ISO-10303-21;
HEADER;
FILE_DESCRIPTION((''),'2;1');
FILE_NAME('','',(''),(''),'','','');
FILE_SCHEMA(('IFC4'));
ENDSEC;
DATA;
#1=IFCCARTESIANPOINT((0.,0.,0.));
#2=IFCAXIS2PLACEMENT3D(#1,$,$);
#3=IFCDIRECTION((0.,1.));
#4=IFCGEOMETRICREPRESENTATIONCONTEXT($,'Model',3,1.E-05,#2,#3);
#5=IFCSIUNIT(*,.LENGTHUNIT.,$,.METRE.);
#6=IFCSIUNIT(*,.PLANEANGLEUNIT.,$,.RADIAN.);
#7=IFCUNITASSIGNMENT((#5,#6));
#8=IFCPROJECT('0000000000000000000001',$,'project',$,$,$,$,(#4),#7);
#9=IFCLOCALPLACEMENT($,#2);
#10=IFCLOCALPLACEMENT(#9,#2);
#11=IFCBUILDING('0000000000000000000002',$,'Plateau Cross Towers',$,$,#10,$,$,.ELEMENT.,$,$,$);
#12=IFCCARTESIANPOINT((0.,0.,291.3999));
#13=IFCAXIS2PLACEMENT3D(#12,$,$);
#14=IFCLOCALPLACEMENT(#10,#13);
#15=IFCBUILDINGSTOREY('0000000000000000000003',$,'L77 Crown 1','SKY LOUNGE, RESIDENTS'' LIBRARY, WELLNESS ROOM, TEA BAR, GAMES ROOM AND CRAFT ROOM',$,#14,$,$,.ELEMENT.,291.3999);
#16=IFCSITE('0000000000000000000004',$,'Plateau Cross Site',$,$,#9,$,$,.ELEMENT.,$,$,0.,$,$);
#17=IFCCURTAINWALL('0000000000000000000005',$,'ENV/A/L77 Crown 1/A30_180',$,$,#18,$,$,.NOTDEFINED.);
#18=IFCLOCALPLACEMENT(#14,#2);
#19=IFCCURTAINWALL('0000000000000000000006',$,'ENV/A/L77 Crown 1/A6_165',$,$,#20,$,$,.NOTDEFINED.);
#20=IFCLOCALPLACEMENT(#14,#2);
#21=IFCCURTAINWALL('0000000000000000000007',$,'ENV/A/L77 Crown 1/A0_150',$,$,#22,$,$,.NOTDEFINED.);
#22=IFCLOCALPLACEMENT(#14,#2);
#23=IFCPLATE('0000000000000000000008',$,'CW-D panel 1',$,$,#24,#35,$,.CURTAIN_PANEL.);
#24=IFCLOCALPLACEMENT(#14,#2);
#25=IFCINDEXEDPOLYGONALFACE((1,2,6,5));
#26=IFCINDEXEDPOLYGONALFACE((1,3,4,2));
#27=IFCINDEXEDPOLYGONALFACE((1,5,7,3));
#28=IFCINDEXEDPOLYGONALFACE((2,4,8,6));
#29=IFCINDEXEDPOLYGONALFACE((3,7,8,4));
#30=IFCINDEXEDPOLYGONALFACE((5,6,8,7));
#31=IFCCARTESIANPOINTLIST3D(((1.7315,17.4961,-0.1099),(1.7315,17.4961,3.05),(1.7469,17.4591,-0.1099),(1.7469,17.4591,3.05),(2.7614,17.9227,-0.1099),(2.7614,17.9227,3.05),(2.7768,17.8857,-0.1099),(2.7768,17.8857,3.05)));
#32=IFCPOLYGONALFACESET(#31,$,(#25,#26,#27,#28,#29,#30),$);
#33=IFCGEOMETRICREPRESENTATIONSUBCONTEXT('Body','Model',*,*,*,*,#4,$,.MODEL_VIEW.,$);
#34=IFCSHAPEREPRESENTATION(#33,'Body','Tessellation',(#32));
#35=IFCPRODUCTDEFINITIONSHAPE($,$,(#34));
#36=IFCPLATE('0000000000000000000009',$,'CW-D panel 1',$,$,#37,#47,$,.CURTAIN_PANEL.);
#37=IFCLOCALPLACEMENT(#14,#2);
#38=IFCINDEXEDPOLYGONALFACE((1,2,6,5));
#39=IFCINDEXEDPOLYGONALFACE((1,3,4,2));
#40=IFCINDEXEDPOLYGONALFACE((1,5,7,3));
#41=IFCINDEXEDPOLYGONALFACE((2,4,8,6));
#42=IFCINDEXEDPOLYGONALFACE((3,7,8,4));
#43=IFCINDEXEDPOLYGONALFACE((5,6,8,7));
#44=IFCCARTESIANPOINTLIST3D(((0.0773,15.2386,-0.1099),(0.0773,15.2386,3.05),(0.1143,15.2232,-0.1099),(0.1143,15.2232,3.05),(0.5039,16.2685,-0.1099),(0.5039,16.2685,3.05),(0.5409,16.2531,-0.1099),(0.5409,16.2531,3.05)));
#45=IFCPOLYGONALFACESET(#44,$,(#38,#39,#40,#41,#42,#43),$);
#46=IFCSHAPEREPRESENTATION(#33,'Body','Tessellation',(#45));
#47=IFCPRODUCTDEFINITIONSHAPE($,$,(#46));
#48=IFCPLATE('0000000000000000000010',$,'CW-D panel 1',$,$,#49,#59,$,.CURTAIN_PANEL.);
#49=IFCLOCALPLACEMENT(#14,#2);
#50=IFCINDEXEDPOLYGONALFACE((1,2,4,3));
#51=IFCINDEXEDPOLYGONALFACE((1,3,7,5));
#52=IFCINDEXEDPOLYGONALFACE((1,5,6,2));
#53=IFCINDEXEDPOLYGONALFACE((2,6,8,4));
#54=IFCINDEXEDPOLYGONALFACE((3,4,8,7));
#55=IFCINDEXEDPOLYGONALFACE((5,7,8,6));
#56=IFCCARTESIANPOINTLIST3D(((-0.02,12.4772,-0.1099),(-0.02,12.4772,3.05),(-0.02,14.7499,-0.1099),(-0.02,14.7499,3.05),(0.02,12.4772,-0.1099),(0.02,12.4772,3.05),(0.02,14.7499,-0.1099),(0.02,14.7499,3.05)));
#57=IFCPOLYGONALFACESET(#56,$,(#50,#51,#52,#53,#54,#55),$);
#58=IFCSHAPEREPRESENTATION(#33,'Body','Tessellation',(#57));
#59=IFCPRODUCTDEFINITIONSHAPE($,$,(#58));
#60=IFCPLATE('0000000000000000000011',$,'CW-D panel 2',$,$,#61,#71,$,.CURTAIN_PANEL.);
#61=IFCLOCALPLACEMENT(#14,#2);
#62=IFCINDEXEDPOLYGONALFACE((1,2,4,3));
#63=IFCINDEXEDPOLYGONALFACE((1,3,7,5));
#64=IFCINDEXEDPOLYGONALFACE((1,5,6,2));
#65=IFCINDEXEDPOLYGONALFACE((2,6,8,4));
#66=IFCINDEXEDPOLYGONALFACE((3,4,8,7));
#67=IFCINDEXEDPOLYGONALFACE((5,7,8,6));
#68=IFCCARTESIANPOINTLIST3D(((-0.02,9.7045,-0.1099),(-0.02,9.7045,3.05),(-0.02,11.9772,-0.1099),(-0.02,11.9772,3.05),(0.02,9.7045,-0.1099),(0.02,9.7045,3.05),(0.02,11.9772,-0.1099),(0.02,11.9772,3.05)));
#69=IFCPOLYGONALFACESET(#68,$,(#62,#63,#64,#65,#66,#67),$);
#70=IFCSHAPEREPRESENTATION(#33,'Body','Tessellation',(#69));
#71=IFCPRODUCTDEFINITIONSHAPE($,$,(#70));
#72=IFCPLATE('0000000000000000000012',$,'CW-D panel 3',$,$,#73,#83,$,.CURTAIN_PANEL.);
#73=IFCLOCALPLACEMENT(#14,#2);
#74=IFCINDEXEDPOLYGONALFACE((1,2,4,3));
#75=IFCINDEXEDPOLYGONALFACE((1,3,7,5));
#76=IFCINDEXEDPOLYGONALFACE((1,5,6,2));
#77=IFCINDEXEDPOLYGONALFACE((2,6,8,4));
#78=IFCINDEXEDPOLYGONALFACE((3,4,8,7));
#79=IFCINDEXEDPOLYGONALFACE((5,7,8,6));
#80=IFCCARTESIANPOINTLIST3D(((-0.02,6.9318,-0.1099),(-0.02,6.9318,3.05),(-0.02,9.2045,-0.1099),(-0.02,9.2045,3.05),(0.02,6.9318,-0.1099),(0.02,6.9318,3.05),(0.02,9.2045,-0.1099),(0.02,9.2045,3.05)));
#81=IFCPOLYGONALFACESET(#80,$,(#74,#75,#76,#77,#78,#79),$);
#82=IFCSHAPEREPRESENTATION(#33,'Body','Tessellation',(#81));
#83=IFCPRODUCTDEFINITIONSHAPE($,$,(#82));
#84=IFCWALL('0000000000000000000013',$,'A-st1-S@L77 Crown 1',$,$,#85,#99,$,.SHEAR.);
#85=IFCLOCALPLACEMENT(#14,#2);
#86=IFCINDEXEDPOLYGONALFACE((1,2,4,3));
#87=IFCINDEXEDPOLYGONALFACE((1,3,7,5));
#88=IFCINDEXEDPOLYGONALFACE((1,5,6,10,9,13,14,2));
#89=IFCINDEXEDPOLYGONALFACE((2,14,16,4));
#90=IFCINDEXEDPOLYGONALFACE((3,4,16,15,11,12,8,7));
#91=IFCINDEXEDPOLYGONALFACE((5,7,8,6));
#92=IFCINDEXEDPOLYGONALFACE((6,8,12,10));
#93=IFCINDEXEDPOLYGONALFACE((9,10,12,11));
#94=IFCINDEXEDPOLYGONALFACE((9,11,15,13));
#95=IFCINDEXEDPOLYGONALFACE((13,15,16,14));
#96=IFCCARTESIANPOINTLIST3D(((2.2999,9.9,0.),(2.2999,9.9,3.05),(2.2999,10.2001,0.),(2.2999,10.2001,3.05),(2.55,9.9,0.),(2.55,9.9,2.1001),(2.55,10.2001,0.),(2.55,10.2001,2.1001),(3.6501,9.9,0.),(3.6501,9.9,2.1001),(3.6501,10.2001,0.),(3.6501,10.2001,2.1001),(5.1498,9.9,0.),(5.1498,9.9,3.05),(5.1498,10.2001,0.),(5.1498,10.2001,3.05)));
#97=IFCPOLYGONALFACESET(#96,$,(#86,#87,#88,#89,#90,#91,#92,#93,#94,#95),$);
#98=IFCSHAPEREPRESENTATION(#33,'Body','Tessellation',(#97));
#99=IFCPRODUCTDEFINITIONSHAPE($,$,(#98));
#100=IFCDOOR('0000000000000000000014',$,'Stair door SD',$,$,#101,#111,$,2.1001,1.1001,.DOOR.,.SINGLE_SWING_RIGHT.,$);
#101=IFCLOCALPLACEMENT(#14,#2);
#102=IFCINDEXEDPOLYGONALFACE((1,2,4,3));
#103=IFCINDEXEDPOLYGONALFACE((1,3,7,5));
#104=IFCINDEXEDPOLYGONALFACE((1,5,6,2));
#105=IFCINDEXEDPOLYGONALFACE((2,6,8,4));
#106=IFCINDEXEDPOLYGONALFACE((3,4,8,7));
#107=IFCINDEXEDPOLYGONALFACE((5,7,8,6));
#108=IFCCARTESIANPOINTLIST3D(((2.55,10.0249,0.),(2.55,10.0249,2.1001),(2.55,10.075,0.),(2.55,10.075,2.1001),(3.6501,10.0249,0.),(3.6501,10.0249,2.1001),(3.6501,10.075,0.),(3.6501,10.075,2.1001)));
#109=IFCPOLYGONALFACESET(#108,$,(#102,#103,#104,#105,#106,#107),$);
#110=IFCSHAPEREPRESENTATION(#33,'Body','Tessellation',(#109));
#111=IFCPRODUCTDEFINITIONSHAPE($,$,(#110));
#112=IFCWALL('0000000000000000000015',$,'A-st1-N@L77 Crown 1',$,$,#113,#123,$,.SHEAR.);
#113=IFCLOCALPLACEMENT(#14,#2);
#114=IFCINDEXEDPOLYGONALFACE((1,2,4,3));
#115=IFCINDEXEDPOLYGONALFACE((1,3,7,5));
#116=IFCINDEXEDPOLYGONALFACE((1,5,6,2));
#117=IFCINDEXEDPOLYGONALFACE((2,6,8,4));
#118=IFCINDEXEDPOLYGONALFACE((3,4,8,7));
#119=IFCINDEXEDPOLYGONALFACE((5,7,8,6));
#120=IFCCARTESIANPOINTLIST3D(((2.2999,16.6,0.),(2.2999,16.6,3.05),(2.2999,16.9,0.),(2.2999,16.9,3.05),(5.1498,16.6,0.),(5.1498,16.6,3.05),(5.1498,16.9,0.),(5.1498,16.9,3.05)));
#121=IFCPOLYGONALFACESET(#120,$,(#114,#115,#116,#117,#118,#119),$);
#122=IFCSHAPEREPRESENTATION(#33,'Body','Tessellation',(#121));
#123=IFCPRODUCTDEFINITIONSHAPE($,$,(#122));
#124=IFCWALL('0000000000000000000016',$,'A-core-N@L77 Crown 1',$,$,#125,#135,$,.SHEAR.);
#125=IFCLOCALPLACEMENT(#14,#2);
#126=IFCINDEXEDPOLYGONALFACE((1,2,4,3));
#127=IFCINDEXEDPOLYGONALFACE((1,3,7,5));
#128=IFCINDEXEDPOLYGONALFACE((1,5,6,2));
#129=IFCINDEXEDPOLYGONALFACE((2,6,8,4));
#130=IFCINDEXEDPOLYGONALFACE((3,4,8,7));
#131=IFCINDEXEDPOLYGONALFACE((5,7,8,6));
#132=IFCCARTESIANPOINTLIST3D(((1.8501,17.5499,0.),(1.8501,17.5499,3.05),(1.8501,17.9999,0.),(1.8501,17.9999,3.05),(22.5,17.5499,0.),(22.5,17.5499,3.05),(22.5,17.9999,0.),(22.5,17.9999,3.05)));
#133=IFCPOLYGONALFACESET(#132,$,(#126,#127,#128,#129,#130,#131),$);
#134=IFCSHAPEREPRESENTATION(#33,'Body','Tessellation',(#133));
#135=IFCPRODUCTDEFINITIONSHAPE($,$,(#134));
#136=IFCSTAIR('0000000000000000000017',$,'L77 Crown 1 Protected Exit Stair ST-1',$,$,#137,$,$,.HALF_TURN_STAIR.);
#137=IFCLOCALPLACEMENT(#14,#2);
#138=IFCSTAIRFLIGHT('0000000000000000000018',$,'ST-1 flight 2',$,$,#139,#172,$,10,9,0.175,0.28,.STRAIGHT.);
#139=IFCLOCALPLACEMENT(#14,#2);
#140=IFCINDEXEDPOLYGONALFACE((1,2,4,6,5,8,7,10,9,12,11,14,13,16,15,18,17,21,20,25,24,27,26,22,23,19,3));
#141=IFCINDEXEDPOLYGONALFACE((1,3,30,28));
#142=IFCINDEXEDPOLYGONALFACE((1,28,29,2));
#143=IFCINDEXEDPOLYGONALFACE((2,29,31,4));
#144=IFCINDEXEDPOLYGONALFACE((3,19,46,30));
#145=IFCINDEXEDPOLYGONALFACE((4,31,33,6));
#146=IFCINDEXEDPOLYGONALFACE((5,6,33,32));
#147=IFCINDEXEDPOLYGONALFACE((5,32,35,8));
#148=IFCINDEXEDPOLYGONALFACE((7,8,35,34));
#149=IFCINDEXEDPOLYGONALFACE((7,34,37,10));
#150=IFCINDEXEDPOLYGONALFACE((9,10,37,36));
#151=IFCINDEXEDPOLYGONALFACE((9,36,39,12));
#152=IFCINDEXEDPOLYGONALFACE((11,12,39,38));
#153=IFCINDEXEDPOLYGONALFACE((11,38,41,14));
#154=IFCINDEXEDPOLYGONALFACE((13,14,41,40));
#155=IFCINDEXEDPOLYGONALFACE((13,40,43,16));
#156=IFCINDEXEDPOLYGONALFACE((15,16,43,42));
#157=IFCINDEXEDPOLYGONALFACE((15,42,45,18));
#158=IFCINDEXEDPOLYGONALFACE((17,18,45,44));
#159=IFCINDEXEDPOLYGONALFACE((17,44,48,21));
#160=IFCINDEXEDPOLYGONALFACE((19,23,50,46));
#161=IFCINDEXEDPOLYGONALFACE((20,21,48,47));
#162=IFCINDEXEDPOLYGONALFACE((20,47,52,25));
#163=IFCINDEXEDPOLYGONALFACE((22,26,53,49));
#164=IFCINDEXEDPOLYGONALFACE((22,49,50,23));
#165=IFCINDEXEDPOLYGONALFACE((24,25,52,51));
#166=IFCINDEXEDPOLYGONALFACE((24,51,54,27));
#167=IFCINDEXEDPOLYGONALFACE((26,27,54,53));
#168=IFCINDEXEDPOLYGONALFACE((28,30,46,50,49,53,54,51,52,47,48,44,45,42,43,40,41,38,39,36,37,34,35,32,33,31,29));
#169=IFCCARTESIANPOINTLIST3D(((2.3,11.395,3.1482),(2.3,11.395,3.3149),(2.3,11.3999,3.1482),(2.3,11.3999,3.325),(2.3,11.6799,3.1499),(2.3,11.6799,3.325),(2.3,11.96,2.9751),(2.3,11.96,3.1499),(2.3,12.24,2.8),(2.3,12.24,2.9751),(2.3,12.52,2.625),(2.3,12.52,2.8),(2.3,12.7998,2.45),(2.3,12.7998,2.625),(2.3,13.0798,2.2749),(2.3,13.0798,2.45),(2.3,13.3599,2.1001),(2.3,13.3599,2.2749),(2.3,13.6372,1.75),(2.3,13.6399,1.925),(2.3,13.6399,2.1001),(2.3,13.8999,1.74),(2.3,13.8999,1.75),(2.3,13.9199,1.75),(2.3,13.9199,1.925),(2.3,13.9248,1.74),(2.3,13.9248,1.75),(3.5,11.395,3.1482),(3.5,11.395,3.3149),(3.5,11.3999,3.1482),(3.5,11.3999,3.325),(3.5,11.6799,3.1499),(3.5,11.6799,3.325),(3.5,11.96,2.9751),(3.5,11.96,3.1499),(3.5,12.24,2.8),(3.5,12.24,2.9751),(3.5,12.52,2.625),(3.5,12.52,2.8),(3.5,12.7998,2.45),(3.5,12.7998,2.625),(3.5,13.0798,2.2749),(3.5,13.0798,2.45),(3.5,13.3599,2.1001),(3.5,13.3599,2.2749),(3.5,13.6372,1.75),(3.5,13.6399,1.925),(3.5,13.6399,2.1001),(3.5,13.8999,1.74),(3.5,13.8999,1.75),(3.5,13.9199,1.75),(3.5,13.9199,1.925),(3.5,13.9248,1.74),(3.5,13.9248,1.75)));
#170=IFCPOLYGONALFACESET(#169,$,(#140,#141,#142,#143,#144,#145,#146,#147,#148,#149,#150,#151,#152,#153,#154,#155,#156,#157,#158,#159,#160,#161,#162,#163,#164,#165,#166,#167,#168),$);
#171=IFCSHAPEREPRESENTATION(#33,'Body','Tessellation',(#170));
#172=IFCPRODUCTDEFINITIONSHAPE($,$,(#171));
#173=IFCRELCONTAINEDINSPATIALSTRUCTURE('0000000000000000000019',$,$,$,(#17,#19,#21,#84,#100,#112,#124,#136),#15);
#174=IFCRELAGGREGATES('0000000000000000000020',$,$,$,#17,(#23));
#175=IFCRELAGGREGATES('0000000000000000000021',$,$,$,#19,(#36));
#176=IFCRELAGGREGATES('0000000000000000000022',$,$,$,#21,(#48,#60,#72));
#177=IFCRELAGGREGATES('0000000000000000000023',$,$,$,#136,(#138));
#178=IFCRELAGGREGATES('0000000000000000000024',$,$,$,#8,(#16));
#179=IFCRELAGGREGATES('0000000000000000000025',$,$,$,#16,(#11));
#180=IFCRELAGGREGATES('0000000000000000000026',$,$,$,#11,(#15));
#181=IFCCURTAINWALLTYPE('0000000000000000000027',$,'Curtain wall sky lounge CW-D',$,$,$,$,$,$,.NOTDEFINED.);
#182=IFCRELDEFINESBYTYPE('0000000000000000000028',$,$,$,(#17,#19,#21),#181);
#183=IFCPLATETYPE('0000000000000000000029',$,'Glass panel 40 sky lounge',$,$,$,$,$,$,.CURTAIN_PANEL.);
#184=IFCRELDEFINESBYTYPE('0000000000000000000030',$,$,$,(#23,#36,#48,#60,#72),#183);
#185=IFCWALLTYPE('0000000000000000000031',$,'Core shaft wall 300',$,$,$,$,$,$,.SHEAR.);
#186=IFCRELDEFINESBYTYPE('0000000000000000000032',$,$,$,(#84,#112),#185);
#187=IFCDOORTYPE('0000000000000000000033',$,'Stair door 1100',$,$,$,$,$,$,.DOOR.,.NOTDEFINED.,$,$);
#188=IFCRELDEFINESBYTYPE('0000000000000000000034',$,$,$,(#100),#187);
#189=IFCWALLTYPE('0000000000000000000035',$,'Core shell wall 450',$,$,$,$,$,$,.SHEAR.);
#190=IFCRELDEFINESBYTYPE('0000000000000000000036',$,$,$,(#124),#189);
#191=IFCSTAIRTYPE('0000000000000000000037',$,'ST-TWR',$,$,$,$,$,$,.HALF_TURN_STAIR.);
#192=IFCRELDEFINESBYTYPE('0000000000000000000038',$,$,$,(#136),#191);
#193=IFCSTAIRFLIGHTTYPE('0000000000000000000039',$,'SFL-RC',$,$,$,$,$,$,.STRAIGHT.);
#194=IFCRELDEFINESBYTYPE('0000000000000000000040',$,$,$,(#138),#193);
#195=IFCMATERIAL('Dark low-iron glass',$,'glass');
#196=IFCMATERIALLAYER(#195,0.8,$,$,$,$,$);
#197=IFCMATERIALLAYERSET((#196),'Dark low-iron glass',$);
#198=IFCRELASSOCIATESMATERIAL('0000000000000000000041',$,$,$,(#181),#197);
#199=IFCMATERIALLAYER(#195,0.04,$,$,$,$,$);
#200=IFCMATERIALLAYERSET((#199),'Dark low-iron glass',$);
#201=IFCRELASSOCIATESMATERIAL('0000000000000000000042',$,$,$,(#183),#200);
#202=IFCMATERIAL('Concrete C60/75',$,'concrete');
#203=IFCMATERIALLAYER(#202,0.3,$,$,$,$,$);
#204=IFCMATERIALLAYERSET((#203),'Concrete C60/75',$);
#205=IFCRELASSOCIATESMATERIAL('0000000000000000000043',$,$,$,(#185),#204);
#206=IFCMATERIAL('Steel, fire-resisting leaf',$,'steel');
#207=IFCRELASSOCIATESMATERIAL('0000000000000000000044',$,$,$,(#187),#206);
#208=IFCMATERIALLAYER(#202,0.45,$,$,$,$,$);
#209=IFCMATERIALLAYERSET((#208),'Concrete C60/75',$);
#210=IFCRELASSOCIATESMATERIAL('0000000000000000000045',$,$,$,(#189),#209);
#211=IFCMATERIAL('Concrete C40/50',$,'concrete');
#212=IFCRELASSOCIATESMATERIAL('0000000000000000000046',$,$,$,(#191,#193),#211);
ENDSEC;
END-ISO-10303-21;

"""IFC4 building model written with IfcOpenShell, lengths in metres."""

from ifc_helpers import new_model, si_unit, direction, frame, frame_2d, origin, origin_2d, place, context, subcontext, project, spatial, polyline, rectangle, outline, extrude, material, layer, layer_set, type_object, element, fill, aggregate, save


model = new_model("IFC4")

# Units and contexts
model_context = context("Model", 3, precision=1e-05, world=origin(), true_north=direction((0.0, 1.0)))
body_context = subcontext(model_context, "Body", "Model", "MODEL_VIEW")
ifc_project = project(units=[si_unit("LENGTHUNIT", "METRE"), si_unit("PLANEANGLEUNIT", "RADIAN")], contexts=[model_context])

# Site, building, storey
site_placement = place(None, origin())
site = spatial("IfcSite", under=ifc_project, at=site_placement, Name="Plateau Cross Site", CompositionType="ELEMENT", RefElevation=0.0)
building_placement = place(site_placement, origin())
building = spatial("IfcBuilding", under=site, at=building_placement, Name="Plateau Cross Towers", CompositionType="ELEMENT")
storey_placement = place(building_placement, frame((0.0, 0.0, 291.3999)))
storey = spatial("IfcBuildingStorey", under=building, at=storey_placement, Name="L77 Crown 1", Description="SKY LOUNGE, RESIDENTS' LIBRARY, WELLNESS ROOM, TEA BAR, GAMES ROOM AND CRAFT ROOM", CompositionType="ELEMENT", Elevation=291.3999)

# Shared definitions
ifc_material_1 = material(Name="Concrete C60/75", Category="concrete")

# Curtain wall
ifc_material_2 = material(Name="Dark low-iron glass", Category="glass")
ifc_layer_1 = layer(ifc_material_2, 0.8)
ifc_layer_set_1 = layer_set([ifc_layer_1], Name="Dark low-iron glass")
curtain_wall_type = type_object("IfcCurtainWallType", Name="Curtain wall sky lounge CW-D", PredefinedType="NOTDEFINED", material=ifc_layer_set_1)
curtain_wall_1_placement = place(storey_placement, origin())
curtain_wall_1 = element("IfcCurtainWall", 1, at=curtain_wall_1_placement, inside=storey, type_object=curtain_wall_type, Name="ENV/A/L77 Crown 1/A30_180", PredefinedType="NOTDEFINED")

# Curtain wall
curtain_wall_2_placement = place(storey_placement, origin())
curtain_wall_2 = element("IfcCurtainWall", 2, at=curtain_wall_2_placement, inside=storey, type_object=curtain_wall_type, Name="ENV/A/L77 Crown 1/A6_165", PredefinedType="NOTDEFINED")

# Curtain wall
curtain_wall_3_placement = place(storey_placement, origin())
curtain_wall_3 = element("IfcCurtainWall", 3, at=curtain_wall_3_placement, inside=storey, type_object=curtain_wall_type, Name="ENV/A/L77 Crown 1/A0_150", PredefinedType="NOTDEFINED")

# Plates
ifc_layer_2 = layer(ifc_material_2, 0.04)
ifc_layer_set_2 = layer_set([ifc_layer_2], Name="Dark low-iron glass")
plate_type = type_object("IfcPlateType", Name="Glass panel 40 sky lounge", PredefinedType="CURTAIN_PANEL", material=ifc_layer_set_2)
plate_1_placement = place(storey_placement, frame((2.2542, 17.6909, -0.1099), z_axis=(0.0, 0.0, 1.0), x_axis=(-0.923879, -0.382684, 0.0)))
plate_1 = element("IfcPlate", 4, at=plate_1_placement, type_object=plate_type, Name="CW-D panel 1", PredefinedType="CURTAIN_PANEL", context=body_context, shape_type="SweptSolid", body=[
    extrude(rectangle(XDim=1.1147, YDim=0.04, at=origin_2d()), origin(), (0.0, 0.0, 1.0), 3.1599),
])
aggregate(curtain_wall_1, [plate_1])
plate_2_placement = place(storey_placement, frame((0.3091, 15.7458, -0.1099), z_axis=(0.0, 0.0, 1.0), x_axis=(-0.382684, -0.923879, 0.0)))
plate_2 = element("IfcPlate", 5, at=plate_2_placement, type_object=plate_type, Name="CW-D panel 1", PredefinedType="CURTAIN_PANEL", context=body_context, shape_type="SweptSolid", body=[
    extrude(rectangle(XDim=1.1147, YDim=0.04, at=origin_2d()), origin(), (0.0, 0.0, 1.0), 3.1599),
])
aggregate(curtain_wall_2, [plate_2])
plate_3_placement = place(storey_placement, frame((0.0, 13.6135, -0.1099), z_axis=(0.0, 0.0, 1.0), x_axis=(0.0, -1.0, 0.0)))
plate_3 = element("IfcPlate", 6, at=plate_3_placement, type_object=plate_type, Name="CW-D panel 1", PredefinedType="CURTAIN_PANEL", context=body_context, shape_type="SweptSolid", body=[
    extrude(rectangle(XDim=2.2727, YDim=0.04, at=origin_2d()), origin(), (0.0, 0.0, 1.0), 3.1599),
])
plate_4_placement = place(storey_placement, frame((0.0, 10.8408, -0.1099), z_axis=(0.0, 0.0, 1.0), x_axis=(0.0, -1.0, 0.0)))
plate_4 = element("IfcPlate", 7, at=plate_4_placement, type_object=plate_type, Name="CW-D panel 2", PredefinedType="CURTAIN_PANEL", context=body_context, shape_type="SweptSolid", body=[
    extrude(rectangle(XDim=2.2727, YDim=0.04, at=origin_2d()), origin(), (0.0, 0.0, 1.0), 3.1599),
])
plate_5_placement = place(storey_placement, frame((0.0, 8.0681, -0.1099), z_axis=(0.0, 0.0, 1.0), x_axis=(0.0, -1.0, 0.0)))
plate_5 = element("IfcPlate", 8, at=plate_5_placement, type_object=plate_type, Name="CW-D panel 3", PredefinedType="CURTAIN_PANEL", context=body_context, shape_type="SweptSolid", body=[
    extrude(rectangle(XDim=2.2727, YDim=0.04, at=origin_2d()), origin(), (0.0, 0.0, 1.0), 3.1599),
])
aggregate(curtain_wall_3, [plate_3, plate_4, plate_5])

# Wall, opening, door
ifc_layer_3 = layer(ifc_material_1, 0.3)
ifc_layer_set_3 = layer_set([ifc_layer_3], Name="Concrete C60/75")
wall_type_1 = type_object("IfcWallType", Name="Core shaft wall 300", PredefinedType="SHEAR", material=ifc_layer_set_3)
wall_1_placement = place(storey_placement, frame((2.3, 10.05, 0.0), z_axis=(0.0, 0.0, 1.0), x_axis=(1.0, 0.0, 0.0)))
wall_1 = element("IfcWall", 9, at=wall_1_placement, inside=storey, type_object=wall_type_1, Name="A-st1-S@L77 Crown 1", PredefinedType="SHEAR", context=body_context, shape_type="SweptSolid", body=[
    extrude(rectangle(XDim=2.8499, YDim=0.3, at=frame_2d((1.4248, 0.0))), origin(), (0.0, 0.0, 1.0), 3.05),
])
opening_placement = place(wall_1_placement, frame((0.25, 0.0, 0.0)))
opening = element("IfcOpeningElement", 10, at=opening_placement, cuts=wall_1, PredefinedType="OPENING", context=body_context, shape_type="SweptSolid", body=[
    extrude(rectangle(XDim=1.1001, YDim=2.1001, at=frame_2d((0.55, 1.05))), frame((0.0, 0.1599, 0.0), z_axis=(0.0, -1.0, 0.0), x_axis=(1.0, 0.0, 0.0)), (0.0, 0.0, 1.0), 0.3201),
])
ifc_material_3 = material(Name="Steel, fire-resisting leaf", Category="steel")
door_type = type_object("IfcDoorType", Name="Stair door 1100", OperationType="NOTDEFINED", PredefinedType="DOOR", material=ifc_material_3)
door_placement = place(opening_placement, origin())
door = element("IfcDoor", 11, at=door_placement, inside=storey, type_object=door_type, Name="Stair door SD", OperationType="SINGLE_SWING_RIGHT", OverallHeight=2.1001, OverallWidth=1.1001, PredefinedType="DOOR", context=body_context, shape_type="SweptSolid", body=[
    extrude(rectangle(XDim=1.1001, YDim=2.1001, at=frame_2d((0.55, 1.05))), frame((0.0, 0.0249, 0.0), z_axis=(0.0, -1.0, 0.0), x_axis=(1.0, 0.0, 0.0)), (0.0, 0.0, 1.0), 0.05),
])
fill(opening, door)

# Walls
wall_2_placement = place(storey_placement, frame((2.3, 16.75, 0.0), z_axis=(0.0, 0.0, 1.0), x_axis=(1.0, 0.0, 0.0)))
element("IfcWall", 12, at=wall_2_placement, inside=storey, type_object=wall_type_1, Name="A-st1-N@L77 Crown 1", PredefinedType="SHEAR", context=body_context, shape_type="SweptSolid", body=[
    extrude(rectangle(XDim=2.8499, YDim=0.3, at=frame_2d((1.4248, 0.0))), origin(), (0.0, 0.0, 1.0), 3.05),
])
ifc_layer_4 = layer(ifc_material_1, 0.45)
ifc_layer_set_4 = layer_set([ifc_layer_4], Name="Concrete C60/75")
wall_type_2 = type_object("IfcWallType", Name="Core shell wall 450", PredefinedType="SHEAR", material=ifc_layer_set_4)
wall_3_placement = place(storey_placement, frame((1.8501, 17.7749, 0.0), z_axis=(0.0, 0.0, 1.0), x_axis=(1.0, 0.0, 0.0)))
element("IfcWall", 13, at=wall_3_placement, inside=storey, type_object=wall_type_2, Name="A-core-N@L77 Crown 1", PredefinedType="SHEAR", context=body_context, shape_type="SweptSolid", body=[
    extrude(rectangle(XDim=20.6499, YDim=0.45, at=frame_2d((10.325, 0.0))), origin(), (0.0, 0.0, 1.0), 3.05),
])

# Stair, stair flight
ifc_material_4 = material(Name="Concrete C40/50", Category="concrete")
stair_type = type_object("IfcStairType", Name="ST-TWR", PredefinedType="HALF_TURN_STAIR", material=ifc_material_4)
stair_placement = place(storey_placement, origin())
stair = element("IfcStair", 14, at=stair_placement, inside=storey, type_object=stair_type, Name="L77 Crown 1 Protected Exit Stair ST-1", PredefinedType="HALF_TURN_STAIR")
stair_flight_type = type_object("IfcStairFlightType", Name="SFL-RC", PredefinedType="STRAIGHT", material=ifc_material_4)
stair_flight_placement = place(storey_placement, frame((2.8999, 13.9199, 1.75), z_axis=(0.0, 0.0, 1.0), x_axis=(0.0, -1.0, 0.0)))
stair_flight = element("IfcStairFlight", 15, at=stair_flight_placement, type_object=stair_flight_type, Name="ST-1 flight 2", NumberOfRisers=10, NumberOfTreads=9, PredefinedType="STRAIGHT", RiserHeight=0.175, TreadLength=0.28, context=body_context, shape_type="SweptSolid", body=[
    extrude(outline(polyline([(-0.0049, -0.01), (-0.0049, 0.0), (0.0, 0.0), (0.0, 0.175), (0.28, 0.175), (0.28, 0.3501), (0.5601, 0.3501), (0.5601, 0.5249), (0.8401, 0.5249), (0.8401, 0.7), (1.1201, 0.7), (1.1201, 0.875), (1.3999, 0.875), (1.3999, 1.05), (1.6799, 1.05), (1.6799, 1.2251), (1.96, 1.2251), (1.96, 1.3999), (2.24, 1.3999), (2.24, 1.575), (2.52, 1.575), (2.5249, 1.5649), (2.5249, 1.3982), (2.52, 1.3982), (0.2827, 0.0), (0.02, 0.0), (0.02, -0.01), (-0.0049, -0.01)])), frame((0.0, 0.6001, 0.0), z_axis=(0.0, -1.0, 0.0), x_axis=(1.0, 0.0, 0.0)), (0.0, 0.0, 1.0), 1.2),
])
aggregate(stair, [stair_flight])

save(model, "model.ifc")
